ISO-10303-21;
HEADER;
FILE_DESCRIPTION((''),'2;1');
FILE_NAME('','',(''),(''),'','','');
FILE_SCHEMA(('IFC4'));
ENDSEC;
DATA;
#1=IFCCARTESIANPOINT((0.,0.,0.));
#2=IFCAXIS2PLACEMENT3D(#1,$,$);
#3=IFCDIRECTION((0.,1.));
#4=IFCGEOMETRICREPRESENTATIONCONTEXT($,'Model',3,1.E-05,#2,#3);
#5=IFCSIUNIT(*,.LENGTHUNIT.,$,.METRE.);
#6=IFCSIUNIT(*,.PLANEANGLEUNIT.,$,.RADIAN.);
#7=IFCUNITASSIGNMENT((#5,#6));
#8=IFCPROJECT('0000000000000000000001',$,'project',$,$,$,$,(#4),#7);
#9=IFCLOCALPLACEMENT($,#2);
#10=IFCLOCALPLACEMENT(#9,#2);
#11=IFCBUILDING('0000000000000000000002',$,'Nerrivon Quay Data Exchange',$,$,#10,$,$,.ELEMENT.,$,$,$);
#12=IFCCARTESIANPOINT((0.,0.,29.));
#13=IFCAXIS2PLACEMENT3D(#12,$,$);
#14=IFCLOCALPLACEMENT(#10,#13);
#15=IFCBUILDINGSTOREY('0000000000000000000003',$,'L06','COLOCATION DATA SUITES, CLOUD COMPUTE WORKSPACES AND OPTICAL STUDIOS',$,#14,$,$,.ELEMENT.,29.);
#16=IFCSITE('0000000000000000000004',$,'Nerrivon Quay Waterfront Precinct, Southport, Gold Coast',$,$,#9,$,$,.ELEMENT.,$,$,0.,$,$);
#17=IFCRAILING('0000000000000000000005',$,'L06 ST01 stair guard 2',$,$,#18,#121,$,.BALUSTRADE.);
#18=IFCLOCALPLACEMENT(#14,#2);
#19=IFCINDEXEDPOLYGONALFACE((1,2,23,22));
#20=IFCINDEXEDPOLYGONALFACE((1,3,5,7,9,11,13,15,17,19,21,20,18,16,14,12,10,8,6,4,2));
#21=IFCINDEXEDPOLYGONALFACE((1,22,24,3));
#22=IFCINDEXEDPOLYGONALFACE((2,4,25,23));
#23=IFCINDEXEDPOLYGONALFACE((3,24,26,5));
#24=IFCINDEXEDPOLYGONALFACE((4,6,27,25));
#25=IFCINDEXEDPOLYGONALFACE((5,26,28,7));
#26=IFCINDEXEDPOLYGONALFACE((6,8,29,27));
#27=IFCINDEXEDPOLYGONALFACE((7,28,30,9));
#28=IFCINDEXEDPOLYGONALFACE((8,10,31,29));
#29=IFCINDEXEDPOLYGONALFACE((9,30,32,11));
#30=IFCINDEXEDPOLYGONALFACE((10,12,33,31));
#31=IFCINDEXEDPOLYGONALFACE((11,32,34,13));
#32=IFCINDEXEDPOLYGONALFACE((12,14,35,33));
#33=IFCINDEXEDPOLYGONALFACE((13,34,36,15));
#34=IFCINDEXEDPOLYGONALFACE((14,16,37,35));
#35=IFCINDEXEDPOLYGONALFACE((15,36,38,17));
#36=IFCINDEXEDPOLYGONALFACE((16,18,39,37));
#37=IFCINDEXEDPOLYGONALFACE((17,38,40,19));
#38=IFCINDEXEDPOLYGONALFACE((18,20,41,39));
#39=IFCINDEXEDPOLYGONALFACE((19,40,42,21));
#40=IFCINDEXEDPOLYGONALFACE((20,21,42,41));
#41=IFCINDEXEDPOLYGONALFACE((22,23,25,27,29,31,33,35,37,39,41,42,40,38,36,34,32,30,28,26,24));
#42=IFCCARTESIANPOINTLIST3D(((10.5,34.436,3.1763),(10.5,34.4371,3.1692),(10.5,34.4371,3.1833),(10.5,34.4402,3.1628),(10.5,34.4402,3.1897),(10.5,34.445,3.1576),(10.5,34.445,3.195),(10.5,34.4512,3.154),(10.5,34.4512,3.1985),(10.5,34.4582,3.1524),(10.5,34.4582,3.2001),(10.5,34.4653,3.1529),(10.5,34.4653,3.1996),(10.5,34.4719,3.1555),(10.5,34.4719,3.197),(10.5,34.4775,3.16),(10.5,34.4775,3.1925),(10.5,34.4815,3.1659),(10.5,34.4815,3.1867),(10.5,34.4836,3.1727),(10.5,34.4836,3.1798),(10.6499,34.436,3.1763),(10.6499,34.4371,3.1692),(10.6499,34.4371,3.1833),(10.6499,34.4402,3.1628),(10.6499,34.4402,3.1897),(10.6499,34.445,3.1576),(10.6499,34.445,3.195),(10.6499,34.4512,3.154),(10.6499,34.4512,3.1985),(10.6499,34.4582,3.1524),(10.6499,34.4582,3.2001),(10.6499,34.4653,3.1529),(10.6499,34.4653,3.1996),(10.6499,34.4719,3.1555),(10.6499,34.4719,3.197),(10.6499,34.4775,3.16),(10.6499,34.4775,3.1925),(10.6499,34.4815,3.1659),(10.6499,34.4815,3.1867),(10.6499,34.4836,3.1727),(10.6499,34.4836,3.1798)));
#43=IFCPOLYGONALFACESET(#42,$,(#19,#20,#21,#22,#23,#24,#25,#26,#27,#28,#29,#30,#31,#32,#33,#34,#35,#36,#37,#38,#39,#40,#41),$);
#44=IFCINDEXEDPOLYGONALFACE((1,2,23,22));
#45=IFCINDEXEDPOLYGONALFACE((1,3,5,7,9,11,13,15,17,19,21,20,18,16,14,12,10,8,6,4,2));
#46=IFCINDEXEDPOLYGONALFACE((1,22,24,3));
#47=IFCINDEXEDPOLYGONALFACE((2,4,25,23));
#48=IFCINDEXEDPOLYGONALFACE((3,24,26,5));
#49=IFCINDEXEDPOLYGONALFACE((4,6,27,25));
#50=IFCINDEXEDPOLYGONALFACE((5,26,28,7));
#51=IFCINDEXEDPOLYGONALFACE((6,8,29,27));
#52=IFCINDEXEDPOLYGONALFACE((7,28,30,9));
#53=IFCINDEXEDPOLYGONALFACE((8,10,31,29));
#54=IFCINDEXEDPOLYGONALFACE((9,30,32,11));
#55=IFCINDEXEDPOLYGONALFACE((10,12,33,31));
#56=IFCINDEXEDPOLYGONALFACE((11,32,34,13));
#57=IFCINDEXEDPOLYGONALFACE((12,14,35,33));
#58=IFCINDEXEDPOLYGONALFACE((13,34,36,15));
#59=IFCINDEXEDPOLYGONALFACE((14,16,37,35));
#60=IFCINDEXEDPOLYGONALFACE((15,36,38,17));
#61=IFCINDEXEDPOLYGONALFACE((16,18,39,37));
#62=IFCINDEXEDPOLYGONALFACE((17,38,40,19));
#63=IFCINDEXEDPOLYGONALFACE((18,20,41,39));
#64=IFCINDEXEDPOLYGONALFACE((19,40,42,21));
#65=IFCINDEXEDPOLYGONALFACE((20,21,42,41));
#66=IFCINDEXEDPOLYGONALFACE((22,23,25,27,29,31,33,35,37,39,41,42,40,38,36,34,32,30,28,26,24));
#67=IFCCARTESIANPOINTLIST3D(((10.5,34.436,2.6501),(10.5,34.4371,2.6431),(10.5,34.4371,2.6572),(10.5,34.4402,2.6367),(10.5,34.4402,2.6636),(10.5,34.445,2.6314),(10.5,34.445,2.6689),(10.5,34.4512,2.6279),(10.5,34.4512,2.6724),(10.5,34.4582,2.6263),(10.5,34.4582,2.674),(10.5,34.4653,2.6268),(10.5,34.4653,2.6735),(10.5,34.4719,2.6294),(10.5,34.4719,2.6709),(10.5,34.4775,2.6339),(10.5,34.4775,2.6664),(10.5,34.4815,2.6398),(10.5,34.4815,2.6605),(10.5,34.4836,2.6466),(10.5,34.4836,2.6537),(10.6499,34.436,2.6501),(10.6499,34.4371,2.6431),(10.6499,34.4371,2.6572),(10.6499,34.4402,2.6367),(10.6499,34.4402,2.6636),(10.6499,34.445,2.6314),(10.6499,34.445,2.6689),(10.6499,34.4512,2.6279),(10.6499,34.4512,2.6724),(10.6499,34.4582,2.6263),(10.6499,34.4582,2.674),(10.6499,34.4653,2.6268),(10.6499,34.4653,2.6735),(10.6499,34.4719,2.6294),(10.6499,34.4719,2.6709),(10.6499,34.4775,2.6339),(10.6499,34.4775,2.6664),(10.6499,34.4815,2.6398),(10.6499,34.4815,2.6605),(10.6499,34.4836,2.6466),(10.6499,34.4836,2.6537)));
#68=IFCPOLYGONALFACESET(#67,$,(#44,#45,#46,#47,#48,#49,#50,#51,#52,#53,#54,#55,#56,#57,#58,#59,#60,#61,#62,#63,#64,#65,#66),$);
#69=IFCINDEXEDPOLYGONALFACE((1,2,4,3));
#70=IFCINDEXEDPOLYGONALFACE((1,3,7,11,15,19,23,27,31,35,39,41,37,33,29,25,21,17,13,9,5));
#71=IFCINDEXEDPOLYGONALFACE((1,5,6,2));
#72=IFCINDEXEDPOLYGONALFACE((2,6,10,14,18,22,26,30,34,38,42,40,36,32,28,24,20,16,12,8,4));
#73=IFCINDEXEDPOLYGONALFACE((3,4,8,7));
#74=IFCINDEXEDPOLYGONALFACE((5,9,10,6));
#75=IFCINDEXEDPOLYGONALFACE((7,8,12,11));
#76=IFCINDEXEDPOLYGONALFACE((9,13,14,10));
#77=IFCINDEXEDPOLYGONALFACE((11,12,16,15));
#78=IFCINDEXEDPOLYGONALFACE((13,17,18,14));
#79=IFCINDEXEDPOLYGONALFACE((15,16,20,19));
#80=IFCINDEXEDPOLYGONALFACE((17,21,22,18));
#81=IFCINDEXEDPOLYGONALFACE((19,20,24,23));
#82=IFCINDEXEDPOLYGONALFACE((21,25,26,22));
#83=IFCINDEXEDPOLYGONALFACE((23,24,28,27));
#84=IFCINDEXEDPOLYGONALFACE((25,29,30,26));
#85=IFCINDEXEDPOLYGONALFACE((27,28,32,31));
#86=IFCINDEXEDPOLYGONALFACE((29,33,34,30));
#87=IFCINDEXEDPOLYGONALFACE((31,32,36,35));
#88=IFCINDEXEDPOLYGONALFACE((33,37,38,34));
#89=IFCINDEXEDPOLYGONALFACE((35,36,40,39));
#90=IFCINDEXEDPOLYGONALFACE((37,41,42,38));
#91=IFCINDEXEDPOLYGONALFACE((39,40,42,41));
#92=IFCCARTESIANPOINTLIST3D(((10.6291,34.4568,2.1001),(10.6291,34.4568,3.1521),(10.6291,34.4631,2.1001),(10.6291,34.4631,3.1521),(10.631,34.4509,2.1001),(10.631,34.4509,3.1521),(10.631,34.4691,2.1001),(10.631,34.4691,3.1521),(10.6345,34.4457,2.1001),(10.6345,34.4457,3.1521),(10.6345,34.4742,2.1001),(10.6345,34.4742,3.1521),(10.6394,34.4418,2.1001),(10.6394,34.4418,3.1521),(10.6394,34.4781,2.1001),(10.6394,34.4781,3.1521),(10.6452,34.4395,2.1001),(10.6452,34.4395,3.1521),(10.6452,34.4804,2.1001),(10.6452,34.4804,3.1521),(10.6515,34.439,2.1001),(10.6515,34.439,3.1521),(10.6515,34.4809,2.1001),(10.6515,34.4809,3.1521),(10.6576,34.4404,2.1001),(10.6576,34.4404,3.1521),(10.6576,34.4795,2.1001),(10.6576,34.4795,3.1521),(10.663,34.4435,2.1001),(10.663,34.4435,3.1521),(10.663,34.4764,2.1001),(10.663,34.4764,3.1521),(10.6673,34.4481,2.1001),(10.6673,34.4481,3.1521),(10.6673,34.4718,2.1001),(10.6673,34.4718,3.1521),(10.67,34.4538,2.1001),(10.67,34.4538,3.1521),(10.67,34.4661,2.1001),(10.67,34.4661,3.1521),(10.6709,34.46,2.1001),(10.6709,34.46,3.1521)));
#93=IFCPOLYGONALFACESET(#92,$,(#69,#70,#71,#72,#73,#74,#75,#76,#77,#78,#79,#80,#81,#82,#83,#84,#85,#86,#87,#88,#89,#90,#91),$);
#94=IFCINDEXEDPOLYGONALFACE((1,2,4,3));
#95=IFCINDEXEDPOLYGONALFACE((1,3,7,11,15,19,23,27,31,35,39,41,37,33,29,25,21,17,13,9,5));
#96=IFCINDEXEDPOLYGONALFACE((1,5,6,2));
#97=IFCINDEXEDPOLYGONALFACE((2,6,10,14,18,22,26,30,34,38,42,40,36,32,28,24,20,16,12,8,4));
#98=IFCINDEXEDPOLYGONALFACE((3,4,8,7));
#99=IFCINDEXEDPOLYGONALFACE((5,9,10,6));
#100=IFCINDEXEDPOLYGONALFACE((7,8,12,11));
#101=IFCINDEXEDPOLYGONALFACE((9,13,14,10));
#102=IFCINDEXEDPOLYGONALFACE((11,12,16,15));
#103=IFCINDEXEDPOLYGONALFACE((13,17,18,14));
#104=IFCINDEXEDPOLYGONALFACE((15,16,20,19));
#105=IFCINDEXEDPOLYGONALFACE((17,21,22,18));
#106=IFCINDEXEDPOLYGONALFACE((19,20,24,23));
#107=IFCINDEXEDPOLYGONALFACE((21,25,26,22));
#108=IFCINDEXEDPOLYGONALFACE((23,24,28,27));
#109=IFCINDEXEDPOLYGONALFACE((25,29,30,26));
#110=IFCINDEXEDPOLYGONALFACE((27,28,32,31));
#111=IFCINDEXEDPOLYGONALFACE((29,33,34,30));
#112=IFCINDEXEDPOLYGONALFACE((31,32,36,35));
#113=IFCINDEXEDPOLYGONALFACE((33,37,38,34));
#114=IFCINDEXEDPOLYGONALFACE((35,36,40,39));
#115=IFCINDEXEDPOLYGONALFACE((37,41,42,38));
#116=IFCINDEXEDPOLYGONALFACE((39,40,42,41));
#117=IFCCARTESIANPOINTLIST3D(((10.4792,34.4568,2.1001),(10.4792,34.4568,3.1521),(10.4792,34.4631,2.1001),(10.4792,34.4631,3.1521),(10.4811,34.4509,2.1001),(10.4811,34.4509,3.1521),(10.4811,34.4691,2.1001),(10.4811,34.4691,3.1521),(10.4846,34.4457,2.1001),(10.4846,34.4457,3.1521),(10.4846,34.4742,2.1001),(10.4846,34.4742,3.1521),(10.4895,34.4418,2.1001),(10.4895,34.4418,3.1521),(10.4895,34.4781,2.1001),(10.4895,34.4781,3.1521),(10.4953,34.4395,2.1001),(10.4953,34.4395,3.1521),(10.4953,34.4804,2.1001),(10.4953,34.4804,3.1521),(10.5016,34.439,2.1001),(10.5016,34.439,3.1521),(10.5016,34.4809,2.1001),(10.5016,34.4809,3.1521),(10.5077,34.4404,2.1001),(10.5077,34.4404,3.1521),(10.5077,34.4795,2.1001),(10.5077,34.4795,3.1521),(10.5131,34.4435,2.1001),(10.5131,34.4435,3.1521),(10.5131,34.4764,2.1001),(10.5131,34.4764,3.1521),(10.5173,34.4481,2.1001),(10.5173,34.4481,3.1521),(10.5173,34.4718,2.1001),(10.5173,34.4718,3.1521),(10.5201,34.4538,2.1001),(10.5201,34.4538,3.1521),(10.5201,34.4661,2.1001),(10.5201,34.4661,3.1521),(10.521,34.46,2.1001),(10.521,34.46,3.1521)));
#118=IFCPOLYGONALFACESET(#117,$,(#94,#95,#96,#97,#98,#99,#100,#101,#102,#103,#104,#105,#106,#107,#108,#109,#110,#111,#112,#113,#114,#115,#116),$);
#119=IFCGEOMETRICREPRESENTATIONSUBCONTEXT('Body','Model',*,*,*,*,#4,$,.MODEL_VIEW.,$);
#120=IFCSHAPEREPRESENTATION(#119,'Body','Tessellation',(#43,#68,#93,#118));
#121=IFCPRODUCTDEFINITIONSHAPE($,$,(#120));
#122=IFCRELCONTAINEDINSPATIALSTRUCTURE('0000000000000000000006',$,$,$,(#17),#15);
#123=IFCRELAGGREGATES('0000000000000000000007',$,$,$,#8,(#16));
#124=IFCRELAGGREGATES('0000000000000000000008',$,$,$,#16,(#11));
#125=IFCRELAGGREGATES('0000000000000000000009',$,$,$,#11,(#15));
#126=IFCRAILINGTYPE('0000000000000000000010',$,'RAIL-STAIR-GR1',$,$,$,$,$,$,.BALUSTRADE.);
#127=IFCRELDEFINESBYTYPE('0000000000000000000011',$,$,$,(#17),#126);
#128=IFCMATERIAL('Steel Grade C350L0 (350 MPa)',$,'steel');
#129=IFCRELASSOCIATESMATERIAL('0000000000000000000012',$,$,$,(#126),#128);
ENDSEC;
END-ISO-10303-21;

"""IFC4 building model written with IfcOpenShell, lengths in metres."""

from ifc_helpers import new_model, si_unit, direction, frame, origin, origin_2d, place, context, subcontext, project, spatial, circle, extrude, material, type_object, element, save


model = new_model("IFC4")

# Units and contexts
model_context = context("Model", 3, precision=1e-05, world=origin(), true_north=direction((0.0, 1.0)))
body_context = subcontext(model_context, "Body", "Model", "MODEL_VIEW")
ifc_project = project(units=[si_unit("LENGTHUNIT", "METRE"), si_unit("PLANEANGLEUNIT", "RADIAN")], contexts=[model_context])

# Site, building, storey
site_placement = place(None, origin())
site = spatial("IfcSite", under=ifc_project, at=site_placement, Name="Nerrivon Quay Waterfront Precinct, Southport, Gold Coast", CompositionType="ELEMENT", RefElevation=0.0)
building_placement = place(site_placement, origin())
building = spatial("IfcBuilding", under=site, at=building_placement, Name="Nerrivon Quay Data Exchange", CompositionType="ELEMENT")
storey_placement = place(building_placement, frame((0.0, 0.0, 29.0)))
storey = spatial("IfcBuildingStorey", under=building, at=storey_placement, Name="L06", Description="COLOCATION DATA SUITES, CLOUD COMPUTE WORKSPACES AND OPTICAL STUDIOS", CompositionType="ELEMENT", Elevation=29.0)

# Railing
ifc_material_1 = material(Name="Steel Grade C350L0 (350 MPa)", Category="steel")
railing_type_1 = type_object("IfcRailingType", Name="RAIL-STAIR-GR1", PredefinedType="BALUSTRADE", material=ifc_material_1)
railing_1_placement = place(storey_placement, frame((10.6499, 34.46, 2.1001)))
element("IfcRailing", 1, at=railing_1_placement, inside=storey, type_object=railing_type_1, Name="L06 ST01 stair guard 2", PredefinedType="BALUSTRADE", context=body_context, shape_type="SweptSolid", body=[
    extrude(circle(Radius=0.0239, at=origin_2d()), frame((0.0, 0.0, 1.0762), z_axis=(-1.0, 0.0, 0.0), x_axis=(0.0, -1.0, 0.0)), (0.0, 0.0, 1.0), 0.1499),
    extrude(circle(Radius=0.0239, at=origin_2d()), frame((0.0, 0.0, 0.55), z_axis=(-1.0, 0.0, 0.0), x_axis=(0.0, -1.0, 0.0)), (0.0, 0.0, 1.0), 0.1499),
    extrude(circle(Radius=0.021, at=origin_2d()), origin(), (0.0, 0.0, 1.0), 1.052),
    extrude(circle(Radius=0.021, at=origin_2d()), frame((-0.1499, 0.0, 0.0)), (0.0, 0.0, 1.0), 1.052),
])

save(model, "model.ifc")
